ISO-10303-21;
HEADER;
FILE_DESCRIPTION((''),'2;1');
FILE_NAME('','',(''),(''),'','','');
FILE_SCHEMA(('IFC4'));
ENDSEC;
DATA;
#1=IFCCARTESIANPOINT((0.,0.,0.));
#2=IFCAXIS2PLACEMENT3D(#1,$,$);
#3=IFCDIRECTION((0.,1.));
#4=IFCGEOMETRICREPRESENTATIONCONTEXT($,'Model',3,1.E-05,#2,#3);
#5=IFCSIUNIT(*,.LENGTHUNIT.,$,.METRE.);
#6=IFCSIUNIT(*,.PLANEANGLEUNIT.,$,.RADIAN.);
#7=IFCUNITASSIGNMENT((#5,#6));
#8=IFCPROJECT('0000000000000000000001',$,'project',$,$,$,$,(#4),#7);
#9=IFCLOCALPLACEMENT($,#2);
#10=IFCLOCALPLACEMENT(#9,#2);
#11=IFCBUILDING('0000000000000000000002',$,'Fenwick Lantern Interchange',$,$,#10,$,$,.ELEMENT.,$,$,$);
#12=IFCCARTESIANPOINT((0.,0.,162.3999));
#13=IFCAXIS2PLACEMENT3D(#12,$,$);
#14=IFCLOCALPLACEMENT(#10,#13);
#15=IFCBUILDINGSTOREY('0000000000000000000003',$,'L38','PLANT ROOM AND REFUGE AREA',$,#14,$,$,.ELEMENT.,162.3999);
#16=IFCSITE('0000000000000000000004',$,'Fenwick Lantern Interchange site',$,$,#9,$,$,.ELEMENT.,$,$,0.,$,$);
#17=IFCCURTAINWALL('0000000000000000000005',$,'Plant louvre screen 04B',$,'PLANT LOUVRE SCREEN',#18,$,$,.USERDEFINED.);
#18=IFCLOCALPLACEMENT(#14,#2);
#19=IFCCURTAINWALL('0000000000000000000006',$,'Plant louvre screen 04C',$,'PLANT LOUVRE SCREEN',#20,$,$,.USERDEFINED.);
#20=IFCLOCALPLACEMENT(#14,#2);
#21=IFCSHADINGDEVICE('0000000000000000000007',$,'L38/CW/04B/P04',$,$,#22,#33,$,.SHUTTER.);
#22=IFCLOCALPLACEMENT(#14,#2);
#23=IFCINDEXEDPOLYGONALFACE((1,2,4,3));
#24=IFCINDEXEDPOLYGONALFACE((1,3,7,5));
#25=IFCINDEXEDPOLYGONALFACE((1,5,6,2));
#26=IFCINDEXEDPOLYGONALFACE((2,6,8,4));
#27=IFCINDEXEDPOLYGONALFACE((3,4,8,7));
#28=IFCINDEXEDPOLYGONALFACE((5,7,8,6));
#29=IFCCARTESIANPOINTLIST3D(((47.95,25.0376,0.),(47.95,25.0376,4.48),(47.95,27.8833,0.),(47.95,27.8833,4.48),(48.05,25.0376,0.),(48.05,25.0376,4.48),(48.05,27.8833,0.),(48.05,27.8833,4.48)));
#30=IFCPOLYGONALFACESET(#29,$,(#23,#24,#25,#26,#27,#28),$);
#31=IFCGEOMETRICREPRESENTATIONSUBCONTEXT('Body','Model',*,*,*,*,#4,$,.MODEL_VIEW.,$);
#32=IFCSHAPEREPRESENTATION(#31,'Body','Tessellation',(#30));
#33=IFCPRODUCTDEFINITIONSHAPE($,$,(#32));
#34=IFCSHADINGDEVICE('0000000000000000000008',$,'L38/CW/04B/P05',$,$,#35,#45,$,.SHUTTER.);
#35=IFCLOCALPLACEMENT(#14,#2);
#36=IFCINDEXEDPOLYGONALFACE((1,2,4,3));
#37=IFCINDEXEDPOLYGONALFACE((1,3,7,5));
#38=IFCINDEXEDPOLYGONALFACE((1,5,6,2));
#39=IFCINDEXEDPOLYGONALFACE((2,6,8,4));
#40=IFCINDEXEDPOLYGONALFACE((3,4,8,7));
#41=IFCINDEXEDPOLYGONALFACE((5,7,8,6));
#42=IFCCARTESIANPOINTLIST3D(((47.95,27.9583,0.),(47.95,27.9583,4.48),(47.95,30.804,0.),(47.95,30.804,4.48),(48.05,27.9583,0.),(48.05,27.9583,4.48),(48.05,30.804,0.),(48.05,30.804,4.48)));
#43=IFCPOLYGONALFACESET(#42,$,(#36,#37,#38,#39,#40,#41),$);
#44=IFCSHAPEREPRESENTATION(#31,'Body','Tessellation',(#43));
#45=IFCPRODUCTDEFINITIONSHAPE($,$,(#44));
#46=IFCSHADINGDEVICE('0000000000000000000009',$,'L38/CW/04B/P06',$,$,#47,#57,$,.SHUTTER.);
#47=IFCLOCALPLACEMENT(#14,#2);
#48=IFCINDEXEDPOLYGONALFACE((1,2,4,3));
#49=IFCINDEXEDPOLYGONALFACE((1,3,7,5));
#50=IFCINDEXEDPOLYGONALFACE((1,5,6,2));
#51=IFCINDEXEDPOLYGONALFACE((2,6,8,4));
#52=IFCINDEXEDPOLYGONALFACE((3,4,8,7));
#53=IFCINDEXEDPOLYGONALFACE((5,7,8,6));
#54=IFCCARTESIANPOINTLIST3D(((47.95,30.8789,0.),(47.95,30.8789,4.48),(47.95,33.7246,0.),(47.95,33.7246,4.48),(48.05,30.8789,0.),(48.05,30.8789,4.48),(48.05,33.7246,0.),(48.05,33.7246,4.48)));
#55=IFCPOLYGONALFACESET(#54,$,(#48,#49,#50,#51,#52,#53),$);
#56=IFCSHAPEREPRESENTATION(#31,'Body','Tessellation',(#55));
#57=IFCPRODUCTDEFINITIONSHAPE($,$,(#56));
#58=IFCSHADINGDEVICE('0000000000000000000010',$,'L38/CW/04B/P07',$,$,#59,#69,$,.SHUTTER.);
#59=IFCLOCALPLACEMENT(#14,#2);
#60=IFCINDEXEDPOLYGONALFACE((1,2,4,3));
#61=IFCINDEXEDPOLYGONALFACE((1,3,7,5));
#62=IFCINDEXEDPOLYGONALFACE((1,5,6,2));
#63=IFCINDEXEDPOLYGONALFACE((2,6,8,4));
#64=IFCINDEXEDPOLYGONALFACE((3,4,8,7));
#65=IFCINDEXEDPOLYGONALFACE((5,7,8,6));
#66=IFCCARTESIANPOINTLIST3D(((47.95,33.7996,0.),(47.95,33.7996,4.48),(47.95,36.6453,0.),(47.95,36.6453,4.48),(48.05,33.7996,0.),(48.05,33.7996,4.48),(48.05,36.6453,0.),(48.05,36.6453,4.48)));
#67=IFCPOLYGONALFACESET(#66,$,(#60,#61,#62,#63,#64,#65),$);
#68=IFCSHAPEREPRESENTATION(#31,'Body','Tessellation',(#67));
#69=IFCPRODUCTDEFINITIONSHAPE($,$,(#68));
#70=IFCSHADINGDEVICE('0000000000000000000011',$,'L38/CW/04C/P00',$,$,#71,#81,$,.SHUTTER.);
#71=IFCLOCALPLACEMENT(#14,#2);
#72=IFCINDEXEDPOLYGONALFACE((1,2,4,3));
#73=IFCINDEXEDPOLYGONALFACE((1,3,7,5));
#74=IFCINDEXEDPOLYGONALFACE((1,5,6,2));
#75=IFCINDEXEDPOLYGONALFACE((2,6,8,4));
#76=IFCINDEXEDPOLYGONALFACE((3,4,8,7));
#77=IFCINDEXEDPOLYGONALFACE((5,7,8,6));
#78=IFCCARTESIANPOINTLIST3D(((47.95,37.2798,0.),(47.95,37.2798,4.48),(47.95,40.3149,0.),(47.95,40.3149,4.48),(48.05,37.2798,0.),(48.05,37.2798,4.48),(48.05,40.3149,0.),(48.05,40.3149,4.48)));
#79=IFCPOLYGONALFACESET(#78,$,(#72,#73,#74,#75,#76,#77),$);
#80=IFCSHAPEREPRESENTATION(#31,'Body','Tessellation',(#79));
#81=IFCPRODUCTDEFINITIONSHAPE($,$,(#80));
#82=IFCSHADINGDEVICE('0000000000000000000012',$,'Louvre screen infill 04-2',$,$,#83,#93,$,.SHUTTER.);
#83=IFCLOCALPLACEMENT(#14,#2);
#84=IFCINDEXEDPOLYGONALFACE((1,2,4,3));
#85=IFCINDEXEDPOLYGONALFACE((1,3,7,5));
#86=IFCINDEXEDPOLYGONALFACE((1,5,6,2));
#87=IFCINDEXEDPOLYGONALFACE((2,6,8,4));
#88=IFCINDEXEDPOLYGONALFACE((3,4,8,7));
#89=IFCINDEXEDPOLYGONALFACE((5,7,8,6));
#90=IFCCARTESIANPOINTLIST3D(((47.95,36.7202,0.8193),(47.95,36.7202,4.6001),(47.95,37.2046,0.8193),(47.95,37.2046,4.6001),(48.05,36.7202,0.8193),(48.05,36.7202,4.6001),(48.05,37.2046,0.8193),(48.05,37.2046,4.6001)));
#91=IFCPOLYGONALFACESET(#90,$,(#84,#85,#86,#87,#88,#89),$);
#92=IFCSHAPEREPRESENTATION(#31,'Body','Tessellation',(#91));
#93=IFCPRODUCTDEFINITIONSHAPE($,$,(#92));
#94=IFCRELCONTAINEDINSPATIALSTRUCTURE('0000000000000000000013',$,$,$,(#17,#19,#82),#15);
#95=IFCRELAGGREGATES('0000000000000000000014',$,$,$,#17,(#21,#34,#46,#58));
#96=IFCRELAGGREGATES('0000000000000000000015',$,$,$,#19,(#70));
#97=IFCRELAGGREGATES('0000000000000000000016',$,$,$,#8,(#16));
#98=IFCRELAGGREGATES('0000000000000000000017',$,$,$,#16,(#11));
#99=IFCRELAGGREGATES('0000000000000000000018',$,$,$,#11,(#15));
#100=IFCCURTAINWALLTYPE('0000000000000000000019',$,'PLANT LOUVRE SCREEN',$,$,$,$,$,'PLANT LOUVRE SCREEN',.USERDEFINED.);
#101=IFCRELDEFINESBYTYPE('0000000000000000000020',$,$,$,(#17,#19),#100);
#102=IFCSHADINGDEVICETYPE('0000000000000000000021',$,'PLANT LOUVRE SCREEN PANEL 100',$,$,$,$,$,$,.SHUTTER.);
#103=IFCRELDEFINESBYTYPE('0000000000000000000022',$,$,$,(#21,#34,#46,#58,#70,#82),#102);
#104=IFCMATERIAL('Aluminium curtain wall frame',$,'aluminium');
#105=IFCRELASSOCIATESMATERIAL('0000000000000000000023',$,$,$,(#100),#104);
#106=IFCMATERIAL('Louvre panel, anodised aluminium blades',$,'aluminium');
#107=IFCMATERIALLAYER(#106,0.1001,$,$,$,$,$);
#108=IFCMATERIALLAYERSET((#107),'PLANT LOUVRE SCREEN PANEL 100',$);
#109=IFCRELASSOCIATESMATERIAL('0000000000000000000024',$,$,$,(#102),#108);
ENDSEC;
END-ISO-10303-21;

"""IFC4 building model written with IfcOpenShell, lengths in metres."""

from ifc_helpers import new_model, si_unit, direction, frame, origin, origin_2d, place, context, subcontext, project, spatial, rectangle, extrude, material, layer, layer_set, type_object, element, aggregate, save


model = new_model("IFC4")

# Units and contexts
model_context = context("Model", 3, precision=1e-05, world=origin(), true_north=direction((0.0, 1.0)))
body_context = subcontext(model_context, "Body", "Model", "MODEL_VIEW")
ifc_project = project(units=[si_unit("LENGTHUNIT", "METRE"), si_unit("PLANEANGLEUNIT", "RADIAN")], contexts=[model_context])

# Site, building, storey
site_placement = place(None, origin())
site = spatial("IfcSite", under=ifc_project, at=site_placement, Name="Fenwick Lantern Interchange site", CompositionType="ELEMENT", RefElevation=0.0)
building_placement = place(site_placement, origin())
building = spatial("IfcBuilding", under=site, at=building_placement, Name="Fenwick Lantern Interchange", CompositionType="ELEMENT")
storey_placement = place(building_placement, frame((0.0, 0.0, 162.3999)))
storey = spatial("IfcBuildingStorey", under=building, at=storey_placement, Name="L38", Description="PLANT ROOM AND REFUGE AREA", CompositionType="ELEMENT", Elevation=162.3999)

# Curtain walls
ifc_material_1 = material(Name="Aluminium curtain wall frame", Category="aluminium")
curtain_wall_type = type_object("IfcCurtainWallType", Name="PLANT LOUVRE SCREEN", ElementType="PLANT LOUVRE SCREEN", PredefinedType="USERDEFINED", material=ifc_material_1)
curtain_wall_1_placement = place(storey_placement, origin())
curtain_wall_1 = element("IfcCurtainWall", 1, at=curtain_wall_1_placement, inside=storey, type_object=curtain_wall_type, Name="Plant louvre screen 04B", ObjectType="PLANT LOUVRE SCREEN", PredefinedType="USERDEFINED")
curtain_wall_2_placement = place(storey_placement, origin())
curtain_wall_2 = element("IfcCurtainWall", 2, at=curtain_wall_2_placement, inside=storey, type_object=curtain_wall_type, Name="Plant louvre screen 04C", ObjectType="PLANT LOUVRE SCREEN", PredefinedType="USERDEFINED")

# Shading devices
ifc_material_2 = material(Name="Louvre panel, anodised aluminium blades", Category="aluminium")
ifc_layer_1 = layer(ifc_material_2, 0.1001)
ifc_layer_set_1 = layer_set([ifc_layer_1], Name="PLANT LOUVRE SCREEN PANEL 100")
shading_device_type = type_object("IfcShadingDeviceType", Name="PLANT LOUVRE SCREEN PANEL 100", PredefinedType="SHUTTER", material=ifc_layer_set_1)
shading_device_1_placement = place(storey_placement, frame((48.0, 26.4604, 0.0), z_axis=(0.0, 0.0, 1.0), x_axis=(0.0, 1.0, 0.0)))
shading_device_1 = element("IfcShadingDevice", 3, at=shading_device_1_placement, type_object=shading_device_type, Name="L38/CW/04B/P04", PredefinedType="SHUTTER", context=body_context, shape_type="SweptSolid", body=[
    extrude(rectangle(XDim=2.8457, YDim=0.1001, at=origin_2d()), origin(), (0.0, 0.0, 1.0), 4.48),
])
shading_device_2_placement = place(storey_placement, frame((48.0, 29.3811, 0.0), z_axis=(0.0, 0.0, 1.0), x_axis=(0.0, 1.0, 0.0)))
shading_device_2 = element("IfcShadingDevice", 4, at=shading_device_2_placement, type_object=shading_device_type, Name="L38/CW/04B/P05", PredefinedType="SHUTTER", context=body_context, shape_type="SweptSolid", body=[
    extrude(rectangle(XDim=2.8457, YDim=0.1001, at=origin_2d()), origin(), (0.0, 0.0, 1.0), 4.48),
])
shading_device_3_placement = place(storey_placement, frame((48.0, 32.3018, 0.0), z_axis=(0.0, 0.0, 1.0), x_axis=(0.0, 1.0, 0.0)))
shading_device_3 = element("IfcShadingDevice", 5, at=shading_device_3_placement, type_object=shading_device_type, Name="L38/CW/04B/P06", PredefinedType="SHUTTER", context=body_context, shape_type="SweptSolid", body=[
    extrude(rectangle(XDim=2.8457, YDim=0.1001, at=origin_2d()), origin(), (0.0, 0.0, 1.0), 4.48),
])
shading_device_4_placement = place(storey_placement, frame((48.0, 35.2224, 0.0), z_axis=(0.0, 0.0, 1.0), x_axis=(0.0, 1.0, 0.0)))
shading_device_4 = element("IfcShadingDevice", 6, at=shading_device_4_placement, type_object=shading_device_type, Name="L38/CW/04B/P07", PredefinedType="SHUTTER", context=body_context, shape_type="SweptSolid", body=[
    extrude(rectangle(XDim=2.8457, YDim=0.1001, at=origin_2d()), origin(), (0.0, 0.0, 1.0), 4.48),
])
aggregate(curtain_wall_1, [shading_device_1, shading_device_2, shading_device_3, shading_device_4])
shading_device_5_placement = place(storey_placement, frame((48.0, 38.7974, 0.0), z_axis=(0.0, 0.0, 1.0), x_axis=(0.0, 1.0, 0.0)))
shading_device_5 = element("IfcShadingDevice", 7, at=shading_device_5_placement, type_object=shading_device_type, Name="L38/CW/04C/P00", PredefinedType="SHUTTER", context=body_context, shape_type="SweptSolid", body=[
    extrude(rectangle(XDim=3.0352, YDim=0.1001, at=origin_2d()), origin(), (0.0, 0.0, 1.0), 4.48),
])
aggregate(curtain_wall_2, [shading_device_5])
shading_device_6_placement = place(storey_placement, frame((48.0, 36.9624, 0.8193), z_axis=(0.0, 0.0, 1.0), x_axis=(0.0, 1.0, 0.0)))
element("IfcShadingDevice", 8, at=shading_device_6_placement, inside=storey, type_object=shading_device_type, Name="Louvre screen infill 04-2", PredefinedType="SHUTTER", context=body_context, shape_type="SweptSolid", body=[
    extrude(rectangle(XDim=0.4844, YDim=0.1001, at=origin_2d()), origin(), (0.0, 0.0, 1.0), 3.7808),
])

save(model, "model.ifc")
